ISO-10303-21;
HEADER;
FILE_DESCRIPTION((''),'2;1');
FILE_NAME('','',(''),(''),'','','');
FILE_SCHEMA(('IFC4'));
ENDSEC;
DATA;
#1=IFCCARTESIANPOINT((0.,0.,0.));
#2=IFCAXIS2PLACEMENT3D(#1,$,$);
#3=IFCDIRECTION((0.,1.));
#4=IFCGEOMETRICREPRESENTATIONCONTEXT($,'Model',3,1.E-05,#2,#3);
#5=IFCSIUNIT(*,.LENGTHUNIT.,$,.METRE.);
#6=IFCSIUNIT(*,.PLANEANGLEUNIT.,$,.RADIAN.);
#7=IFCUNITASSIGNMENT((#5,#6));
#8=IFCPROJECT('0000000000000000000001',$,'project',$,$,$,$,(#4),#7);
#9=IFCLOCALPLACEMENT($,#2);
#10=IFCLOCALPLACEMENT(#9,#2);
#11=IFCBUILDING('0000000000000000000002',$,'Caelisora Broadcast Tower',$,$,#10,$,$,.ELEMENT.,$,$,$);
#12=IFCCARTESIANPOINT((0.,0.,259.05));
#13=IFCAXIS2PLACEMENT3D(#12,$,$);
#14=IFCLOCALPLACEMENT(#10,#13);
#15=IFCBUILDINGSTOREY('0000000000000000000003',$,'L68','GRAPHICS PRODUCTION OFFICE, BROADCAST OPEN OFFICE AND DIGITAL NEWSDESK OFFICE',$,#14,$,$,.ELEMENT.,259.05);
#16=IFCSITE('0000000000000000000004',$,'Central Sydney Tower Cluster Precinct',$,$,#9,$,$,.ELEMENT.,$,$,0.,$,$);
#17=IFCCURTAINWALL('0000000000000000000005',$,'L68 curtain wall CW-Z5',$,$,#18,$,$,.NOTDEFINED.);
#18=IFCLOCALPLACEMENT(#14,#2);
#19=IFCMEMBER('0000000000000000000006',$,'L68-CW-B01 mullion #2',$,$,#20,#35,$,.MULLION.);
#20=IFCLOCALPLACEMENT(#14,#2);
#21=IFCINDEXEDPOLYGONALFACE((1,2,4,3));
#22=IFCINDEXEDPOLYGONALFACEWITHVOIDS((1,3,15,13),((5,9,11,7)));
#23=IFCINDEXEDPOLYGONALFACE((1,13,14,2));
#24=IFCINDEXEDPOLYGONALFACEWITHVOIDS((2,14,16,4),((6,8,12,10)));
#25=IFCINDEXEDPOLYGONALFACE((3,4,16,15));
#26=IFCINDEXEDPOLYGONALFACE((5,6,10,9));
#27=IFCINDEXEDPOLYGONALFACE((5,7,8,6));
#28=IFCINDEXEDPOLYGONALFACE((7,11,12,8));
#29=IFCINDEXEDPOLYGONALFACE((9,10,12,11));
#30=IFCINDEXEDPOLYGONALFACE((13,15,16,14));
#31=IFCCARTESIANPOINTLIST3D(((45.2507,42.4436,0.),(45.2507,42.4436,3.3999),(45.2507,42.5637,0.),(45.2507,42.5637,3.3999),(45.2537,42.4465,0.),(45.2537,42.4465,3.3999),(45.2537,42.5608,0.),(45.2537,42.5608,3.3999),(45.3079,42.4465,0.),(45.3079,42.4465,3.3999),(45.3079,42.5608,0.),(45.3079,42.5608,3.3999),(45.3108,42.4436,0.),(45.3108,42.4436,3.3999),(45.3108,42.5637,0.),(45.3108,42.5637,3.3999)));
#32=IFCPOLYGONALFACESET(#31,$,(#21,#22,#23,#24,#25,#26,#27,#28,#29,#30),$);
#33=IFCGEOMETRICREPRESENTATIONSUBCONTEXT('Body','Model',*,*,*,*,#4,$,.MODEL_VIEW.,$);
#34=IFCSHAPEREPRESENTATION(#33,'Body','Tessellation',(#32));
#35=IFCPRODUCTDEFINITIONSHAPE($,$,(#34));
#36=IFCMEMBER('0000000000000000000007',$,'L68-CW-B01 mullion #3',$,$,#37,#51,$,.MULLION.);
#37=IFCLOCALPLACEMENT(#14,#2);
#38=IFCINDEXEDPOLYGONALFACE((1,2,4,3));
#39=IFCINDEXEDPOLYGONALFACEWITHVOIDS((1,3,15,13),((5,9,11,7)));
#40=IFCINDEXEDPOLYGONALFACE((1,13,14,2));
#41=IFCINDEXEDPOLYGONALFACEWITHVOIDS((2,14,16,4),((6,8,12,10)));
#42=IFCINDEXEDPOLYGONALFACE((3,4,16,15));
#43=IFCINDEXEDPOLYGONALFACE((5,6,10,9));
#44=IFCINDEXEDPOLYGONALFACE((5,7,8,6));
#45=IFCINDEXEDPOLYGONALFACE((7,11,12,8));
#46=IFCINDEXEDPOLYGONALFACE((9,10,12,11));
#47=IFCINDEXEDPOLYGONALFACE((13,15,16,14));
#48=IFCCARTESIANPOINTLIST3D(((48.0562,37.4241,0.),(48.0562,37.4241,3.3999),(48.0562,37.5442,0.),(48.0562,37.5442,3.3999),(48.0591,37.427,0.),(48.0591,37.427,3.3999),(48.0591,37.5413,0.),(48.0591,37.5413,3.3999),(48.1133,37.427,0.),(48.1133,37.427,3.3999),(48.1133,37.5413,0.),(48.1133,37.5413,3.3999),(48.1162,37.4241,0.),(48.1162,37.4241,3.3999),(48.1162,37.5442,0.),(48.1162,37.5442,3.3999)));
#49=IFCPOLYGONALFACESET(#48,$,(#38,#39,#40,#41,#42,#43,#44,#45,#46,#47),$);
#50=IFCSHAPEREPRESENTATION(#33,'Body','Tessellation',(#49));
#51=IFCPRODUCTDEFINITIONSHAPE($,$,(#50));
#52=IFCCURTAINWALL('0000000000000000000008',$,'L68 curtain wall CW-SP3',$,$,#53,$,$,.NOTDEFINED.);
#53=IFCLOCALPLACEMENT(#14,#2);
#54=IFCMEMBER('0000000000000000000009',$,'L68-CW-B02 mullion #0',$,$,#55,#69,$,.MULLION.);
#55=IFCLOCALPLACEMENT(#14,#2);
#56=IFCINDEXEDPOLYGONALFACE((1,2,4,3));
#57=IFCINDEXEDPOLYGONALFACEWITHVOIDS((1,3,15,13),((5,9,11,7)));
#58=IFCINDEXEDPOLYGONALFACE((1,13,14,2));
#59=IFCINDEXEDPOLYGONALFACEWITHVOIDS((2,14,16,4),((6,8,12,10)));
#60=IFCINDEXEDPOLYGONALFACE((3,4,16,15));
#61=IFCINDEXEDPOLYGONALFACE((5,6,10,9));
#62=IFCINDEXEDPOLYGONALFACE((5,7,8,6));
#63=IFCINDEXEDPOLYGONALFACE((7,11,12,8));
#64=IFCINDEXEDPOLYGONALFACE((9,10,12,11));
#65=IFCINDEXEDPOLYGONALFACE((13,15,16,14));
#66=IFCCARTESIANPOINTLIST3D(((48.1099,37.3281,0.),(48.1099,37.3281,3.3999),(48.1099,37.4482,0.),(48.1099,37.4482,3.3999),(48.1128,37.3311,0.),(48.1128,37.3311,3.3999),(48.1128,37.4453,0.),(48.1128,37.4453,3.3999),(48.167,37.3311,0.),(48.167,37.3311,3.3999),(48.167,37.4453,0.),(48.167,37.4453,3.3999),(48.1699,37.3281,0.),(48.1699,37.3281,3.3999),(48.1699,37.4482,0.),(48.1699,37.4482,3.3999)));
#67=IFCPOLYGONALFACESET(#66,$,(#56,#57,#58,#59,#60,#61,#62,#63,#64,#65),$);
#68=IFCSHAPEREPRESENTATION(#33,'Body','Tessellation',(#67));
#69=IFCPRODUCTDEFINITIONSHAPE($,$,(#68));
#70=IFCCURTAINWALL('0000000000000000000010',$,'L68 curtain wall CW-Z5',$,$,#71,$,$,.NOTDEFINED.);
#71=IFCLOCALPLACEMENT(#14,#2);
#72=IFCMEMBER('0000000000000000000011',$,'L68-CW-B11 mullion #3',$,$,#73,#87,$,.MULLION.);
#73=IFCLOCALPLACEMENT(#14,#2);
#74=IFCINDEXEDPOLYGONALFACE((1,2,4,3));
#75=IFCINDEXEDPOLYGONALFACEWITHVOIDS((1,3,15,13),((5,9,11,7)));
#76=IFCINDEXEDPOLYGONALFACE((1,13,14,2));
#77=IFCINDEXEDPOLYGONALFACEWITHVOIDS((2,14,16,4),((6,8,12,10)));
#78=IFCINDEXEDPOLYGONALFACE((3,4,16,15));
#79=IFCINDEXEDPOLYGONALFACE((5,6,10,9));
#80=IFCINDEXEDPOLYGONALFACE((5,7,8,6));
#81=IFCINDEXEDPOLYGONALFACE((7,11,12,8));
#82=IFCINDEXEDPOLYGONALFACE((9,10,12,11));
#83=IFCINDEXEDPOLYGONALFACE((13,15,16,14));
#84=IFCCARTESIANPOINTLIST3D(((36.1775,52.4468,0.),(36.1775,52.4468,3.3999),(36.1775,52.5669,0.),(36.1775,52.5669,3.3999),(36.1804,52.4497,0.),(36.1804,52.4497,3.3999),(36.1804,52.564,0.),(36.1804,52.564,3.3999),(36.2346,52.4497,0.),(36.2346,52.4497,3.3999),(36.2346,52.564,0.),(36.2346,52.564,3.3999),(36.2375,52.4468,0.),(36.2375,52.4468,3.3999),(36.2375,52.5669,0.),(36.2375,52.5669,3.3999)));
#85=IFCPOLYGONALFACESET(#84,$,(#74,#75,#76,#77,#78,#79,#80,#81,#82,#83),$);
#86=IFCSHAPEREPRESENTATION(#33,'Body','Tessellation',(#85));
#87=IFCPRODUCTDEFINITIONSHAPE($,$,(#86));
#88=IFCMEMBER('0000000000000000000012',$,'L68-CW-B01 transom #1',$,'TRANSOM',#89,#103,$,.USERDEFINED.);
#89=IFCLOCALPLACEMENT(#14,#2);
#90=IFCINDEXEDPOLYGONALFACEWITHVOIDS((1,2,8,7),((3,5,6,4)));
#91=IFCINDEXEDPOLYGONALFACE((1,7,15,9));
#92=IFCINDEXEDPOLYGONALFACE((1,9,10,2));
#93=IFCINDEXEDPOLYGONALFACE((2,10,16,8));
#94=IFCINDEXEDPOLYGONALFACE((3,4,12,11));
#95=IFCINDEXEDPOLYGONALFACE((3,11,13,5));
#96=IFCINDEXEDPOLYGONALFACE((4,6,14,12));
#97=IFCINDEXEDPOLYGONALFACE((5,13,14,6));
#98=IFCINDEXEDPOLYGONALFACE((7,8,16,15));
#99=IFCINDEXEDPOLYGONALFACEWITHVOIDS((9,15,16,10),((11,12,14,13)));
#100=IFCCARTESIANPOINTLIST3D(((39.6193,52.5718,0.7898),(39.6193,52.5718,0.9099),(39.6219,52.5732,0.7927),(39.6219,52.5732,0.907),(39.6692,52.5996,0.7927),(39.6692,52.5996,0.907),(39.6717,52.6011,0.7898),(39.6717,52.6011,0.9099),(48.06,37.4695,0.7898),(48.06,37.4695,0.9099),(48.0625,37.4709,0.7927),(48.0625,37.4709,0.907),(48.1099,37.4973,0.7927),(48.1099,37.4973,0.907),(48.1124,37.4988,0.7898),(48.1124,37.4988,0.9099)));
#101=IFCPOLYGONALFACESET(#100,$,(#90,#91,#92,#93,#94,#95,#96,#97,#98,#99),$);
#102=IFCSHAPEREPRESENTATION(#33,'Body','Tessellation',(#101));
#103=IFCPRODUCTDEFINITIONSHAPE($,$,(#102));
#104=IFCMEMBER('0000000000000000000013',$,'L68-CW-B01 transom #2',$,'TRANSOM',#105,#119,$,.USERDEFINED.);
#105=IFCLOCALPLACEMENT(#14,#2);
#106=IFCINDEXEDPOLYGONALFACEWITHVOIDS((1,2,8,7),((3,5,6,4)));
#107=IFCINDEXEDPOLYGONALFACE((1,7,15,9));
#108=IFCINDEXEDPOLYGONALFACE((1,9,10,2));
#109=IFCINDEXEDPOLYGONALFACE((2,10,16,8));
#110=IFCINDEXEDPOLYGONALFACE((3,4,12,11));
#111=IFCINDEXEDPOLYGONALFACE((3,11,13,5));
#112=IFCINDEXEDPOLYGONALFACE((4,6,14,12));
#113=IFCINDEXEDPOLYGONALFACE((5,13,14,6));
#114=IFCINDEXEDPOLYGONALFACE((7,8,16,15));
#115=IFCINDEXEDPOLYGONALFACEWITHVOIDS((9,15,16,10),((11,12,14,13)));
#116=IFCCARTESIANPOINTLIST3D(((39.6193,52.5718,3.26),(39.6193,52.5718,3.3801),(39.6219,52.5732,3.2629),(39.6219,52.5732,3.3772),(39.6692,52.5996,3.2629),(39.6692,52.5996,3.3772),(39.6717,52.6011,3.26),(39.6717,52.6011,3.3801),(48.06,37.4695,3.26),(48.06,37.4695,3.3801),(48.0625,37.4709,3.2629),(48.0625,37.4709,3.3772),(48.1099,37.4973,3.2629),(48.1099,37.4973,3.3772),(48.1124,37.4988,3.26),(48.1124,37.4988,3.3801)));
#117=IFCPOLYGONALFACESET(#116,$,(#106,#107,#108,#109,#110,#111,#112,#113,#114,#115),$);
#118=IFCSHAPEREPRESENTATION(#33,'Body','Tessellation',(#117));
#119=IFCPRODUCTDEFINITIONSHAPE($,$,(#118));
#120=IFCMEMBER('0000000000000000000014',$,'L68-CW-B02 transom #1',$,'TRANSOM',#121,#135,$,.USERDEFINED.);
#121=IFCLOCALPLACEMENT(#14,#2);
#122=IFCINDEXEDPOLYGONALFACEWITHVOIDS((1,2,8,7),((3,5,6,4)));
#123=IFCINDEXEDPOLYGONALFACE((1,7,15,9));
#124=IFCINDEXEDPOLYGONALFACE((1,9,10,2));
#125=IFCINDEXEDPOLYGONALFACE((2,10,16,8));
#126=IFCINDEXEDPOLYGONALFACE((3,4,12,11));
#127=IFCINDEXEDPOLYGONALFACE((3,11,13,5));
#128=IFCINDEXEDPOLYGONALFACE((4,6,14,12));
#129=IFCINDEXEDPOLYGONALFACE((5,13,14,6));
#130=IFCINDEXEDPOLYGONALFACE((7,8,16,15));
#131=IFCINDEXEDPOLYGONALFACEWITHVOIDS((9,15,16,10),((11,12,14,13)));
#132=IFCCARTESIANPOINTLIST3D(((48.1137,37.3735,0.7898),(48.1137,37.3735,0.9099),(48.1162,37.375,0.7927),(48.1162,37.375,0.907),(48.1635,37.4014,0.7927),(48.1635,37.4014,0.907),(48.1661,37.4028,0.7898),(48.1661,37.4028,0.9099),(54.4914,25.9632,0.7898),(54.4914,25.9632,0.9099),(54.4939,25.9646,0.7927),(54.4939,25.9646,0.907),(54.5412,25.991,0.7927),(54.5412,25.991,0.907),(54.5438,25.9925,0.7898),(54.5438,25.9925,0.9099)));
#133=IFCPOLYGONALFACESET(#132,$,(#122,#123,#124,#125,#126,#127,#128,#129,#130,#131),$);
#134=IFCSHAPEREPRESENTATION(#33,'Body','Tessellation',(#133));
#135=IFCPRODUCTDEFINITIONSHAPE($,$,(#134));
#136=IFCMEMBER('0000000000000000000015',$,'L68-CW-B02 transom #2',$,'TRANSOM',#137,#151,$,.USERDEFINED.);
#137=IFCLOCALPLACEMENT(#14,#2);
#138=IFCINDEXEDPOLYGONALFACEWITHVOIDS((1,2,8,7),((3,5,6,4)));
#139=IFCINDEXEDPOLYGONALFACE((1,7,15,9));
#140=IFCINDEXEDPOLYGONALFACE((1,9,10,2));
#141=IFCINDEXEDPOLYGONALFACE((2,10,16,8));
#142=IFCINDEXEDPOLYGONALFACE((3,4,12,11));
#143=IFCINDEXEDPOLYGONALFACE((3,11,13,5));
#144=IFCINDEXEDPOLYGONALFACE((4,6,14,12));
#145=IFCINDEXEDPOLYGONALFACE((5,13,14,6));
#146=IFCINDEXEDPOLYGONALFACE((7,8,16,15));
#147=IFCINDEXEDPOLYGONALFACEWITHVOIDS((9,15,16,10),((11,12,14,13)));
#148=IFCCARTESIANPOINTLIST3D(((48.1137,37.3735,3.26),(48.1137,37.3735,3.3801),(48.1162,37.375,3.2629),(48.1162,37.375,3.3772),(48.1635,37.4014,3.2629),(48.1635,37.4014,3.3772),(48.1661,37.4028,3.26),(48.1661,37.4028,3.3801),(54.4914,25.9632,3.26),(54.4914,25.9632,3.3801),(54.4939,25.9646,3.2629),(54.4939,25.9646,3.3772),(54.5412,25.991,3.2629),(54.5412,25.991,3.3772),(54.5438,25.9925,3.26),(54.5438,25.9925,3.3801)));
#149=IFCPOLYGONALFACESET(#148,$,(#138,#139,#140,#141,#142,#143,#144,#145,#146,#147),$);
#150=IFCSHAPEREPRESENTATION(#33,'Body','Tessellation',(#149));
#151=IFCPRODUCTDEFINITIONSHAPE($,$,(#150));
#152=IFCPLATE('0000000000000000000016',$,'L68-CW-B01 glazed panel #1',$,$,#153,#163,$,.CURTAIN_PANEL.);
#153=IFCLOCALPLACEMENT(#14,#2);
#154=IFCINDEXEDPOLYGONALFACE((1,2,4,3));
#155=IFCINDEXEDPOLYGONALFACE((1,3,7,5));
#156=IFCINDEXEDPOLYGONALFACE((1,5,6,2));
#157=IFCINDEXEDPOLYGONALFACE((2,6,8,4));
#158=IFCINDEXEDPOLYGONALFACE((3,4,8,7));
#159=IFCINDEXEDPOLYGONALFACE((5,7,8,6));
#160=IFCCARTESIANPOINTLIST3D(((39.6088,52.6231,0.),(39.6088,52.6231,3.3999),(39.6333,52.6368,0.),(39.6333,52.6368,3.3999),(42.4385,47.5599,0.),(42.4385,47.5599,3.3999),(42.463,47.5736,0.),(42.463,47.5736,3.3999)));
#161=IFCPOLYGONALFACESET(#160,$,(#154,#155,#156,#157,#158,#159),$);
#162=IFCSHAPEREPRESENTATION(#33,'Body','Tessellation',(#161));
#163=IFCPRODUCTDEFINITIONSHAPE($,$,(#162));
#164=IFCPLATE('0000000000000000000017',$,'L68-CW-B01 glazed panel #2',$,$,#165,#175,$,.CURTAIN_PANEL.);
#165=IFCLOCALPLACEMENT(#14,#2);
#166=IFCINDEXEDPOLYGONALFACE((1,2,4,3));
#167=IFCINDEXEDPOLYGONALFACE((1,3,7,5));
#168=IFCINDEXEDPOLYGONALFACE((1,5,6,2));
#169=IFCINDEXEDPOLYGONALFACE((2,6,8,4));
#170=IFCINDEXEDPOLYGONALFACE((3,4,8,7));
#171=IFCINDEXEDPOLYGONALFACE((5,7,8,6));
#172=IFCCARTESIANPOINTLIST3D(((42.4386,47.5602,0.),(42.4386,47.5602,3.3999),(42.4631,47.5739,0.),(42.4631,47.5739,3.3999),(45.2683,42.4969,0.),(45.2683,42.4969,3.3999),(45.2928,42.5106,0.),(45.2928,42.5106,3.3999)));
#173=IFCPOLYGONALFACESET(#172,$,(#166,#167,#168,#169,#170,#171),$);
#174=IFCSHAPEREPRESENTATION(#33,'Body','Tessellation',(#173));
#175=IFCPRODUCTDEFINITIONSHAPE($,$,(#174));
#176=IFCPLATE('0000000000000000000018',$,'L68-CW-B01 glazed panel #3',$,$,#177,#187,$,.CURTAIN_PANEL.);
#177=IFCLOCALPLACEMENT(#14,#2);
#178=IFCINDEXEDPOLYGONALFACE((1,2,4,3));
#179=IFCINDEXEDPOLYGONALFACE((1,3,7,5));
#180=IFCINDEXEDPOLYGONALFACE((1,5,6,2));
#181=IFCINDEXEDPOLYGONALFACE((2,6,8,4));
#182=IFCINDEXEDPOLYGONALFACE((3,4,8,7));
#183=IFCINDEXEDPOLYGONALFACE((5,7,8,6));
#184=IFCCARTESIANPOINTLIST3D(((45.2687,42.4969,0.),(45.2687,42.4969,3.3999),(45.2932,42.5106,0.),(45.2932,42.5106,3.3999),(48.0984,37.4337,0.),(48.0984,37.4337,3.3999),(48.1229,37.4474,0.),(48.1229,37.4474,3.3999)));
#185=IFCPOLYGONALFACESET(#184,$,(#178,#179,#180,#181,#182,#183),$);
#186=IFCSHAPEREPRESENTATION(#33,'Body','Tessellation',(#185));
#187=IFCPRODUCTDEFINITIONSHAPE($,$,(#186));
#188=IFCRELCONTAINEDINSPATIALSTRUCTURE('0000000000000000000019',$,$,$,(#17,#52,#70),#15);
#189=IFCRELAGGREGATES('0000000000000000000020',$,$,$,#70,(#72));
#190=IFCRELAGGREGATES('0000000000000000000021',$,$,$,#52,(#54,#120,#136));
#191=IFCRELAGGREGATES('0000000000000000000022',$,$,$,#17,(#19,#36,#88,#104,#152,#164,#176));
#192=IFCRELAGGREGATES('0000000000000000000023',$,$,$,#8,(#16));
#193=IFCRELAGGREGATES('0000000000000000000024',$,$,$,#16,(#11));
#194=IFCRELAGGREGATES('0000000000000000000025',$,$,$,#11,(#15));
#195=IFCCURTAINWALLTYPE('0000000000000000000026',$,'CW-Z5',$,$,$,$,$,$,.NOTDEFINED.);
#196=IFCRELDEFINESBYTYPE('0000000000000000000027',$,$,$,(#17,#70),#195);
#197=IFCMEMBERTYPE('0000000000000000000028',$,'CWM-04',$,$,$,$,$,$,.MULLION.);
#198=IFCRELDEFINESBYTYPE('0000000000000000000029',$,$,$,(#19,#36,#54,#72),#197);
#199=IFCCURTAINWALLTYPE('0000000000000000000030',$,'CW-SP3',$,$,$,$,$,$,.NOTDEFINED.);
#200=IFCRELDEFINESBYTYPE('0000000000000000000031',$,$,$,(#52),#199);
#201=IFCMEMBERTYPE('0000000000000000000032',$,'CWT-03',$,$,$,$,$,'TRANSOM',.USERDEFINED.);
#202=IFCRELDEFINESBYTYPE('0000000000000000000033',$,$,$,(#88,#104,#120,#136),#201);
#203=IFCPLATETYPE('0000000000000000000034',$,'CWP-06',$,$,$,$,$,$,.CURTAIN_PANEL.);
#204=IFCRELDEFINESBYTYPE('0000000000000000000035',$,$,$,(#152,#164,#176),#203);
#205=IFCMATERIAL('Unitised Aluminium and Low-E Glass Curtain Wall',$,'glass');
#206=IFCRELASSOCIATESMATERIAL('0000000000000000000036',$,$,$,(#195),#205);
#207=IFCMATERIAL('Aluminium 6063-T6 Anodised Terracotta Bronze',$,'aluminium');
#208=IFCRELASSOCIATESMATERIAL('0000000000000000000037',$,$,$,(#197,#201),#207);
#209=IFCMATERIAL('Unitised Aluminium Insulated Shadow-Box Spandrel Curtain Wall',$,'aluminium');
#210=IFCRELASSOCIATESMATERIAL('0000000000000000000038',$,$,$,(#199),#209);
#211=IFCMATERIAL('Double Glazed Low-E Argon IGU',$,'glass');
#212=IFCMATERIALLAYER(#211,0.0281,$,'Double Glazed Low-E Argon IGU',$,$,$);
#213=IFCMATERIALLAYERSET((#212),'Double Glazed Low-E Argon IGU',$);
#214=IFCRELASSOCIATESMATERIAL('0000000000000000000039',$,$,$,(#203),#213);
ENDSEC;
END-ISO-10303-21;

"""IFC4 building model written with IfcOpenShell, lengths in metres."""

from ifc_helpers import new_model, si_unit, direction, frame, origin, origin_2d, place, context, subcontext, project, spatial, rectangle, hollow_rectangle, extrude, source, transform, mapped, material, layer, layer_set, material_profile, profile_set, type_object, type_shapes, element, aggregate, save


model = new_model("IFC4")

# Units and contexts
model_context = context("Model", 3, precision=1e-05, world=origin(), true_north=direction((0.0, 1.0)))
body_context = subcontext(model_context, "Body", "Model", "MODEL_VIEW")
ifc_project = project(units=[si_unit("LENGTHUNIT", "METRE"), si_unit("PLANEANGLEUNIT", "RADIAN")], contexts=[model_context])

# Site, building, storey
site_placement = place(None, origin())
site = spatial("IfcSite", under=ifc_project, at=site_placement, Name="Central Sydney Tower Cluster Precinct", CompositionType="ELEMENT", RefElevation=0.0)
building_placement = place(site_placement, origin())
building = spatial("IfcBuilding", under=site, at=building_placement, Name="Caelisora Broadcast Tower", CompositionType="ELEMENT")
storey_placement = place(building_placement, frame((0.0, 0.0, 259.05)))
storey = spatial("IfcBuildingStorey", under=building, at=storey_placement, Name="L68", Description="GRAPHICS PRODUCTION OFFICE, BROADCAST OPEN OFFICE AND DIGITAL NEWSDESK OFFICE", CompositionType="ELEMENT", Elevation=259.05)

# Curtain wall, members
ifc_material_1 = material(Name="Unitised Aluminium and Low-E Glass Curtain Wall", Category="glass")
curtain_wall_type_1 = type_object("IfcCurtainWallType", Name="CW-Z5", PredefinedType="NOTDEFINED", material=ifc_material_1)
curtain_wall_1_placement = place(storey_placement, origin())
curtain_wall_1 = element("IfcCurtainWall", 1, at=curtain_wall_1_placement, inside=storey, type_object=curtain_wall_type_1, Name="L68 curtain wall CW-Z5", PredefinedType="NOTDEFINED")
ifc_material_2 = material(Name="Aluminium 6063-T6 Anodised Terracotta Bronze", Category="aluminium")
ifc_material_profile_1 = material_profile(ifc_material_2, hollow_rectangle(XDim=0.0601, YDim=0.1201, WallThickness=0.0029, at=origin_2d()), Name="Aluminium 6063-T6 Anodised Terracotta Bronze")
ifc_profile_set_1 = profile_set([ifc_material_profile_1], Name="Aluminium 6063-T6 Anodised Terracotta Bronze")
member_type_1 = type_object("IfcMemberType", Name="CWM-04", PredefinedType="MULLION", material=ifc_profile_set_1)
shared_shape_1 = source(origin(), body_context, "Body", "SweptSolid", [
    extrude(hollow_rectangle(XDim=0.0601, YDim=0.1201, WallThickness=0.0029, at=origin_2d()), origin(), (0.0, 0.0, 1.0), 3.3999),
])
type_shapes(member_type_1, [shared_shape_1])
member_1_placement = place(storey_placement, frame((45.2808, 42.5037, 0.0), z_axis=(0.0, 0.0, 1.0), x_axis=(1.0, 0.0, 0.0)))
member_1 = element("IfcMember", 2, at=member_1_placement, type_object=member_type_1, Name="L68-CW-B01 mullion #2", PredefinedType="MULLION", context=body_context, shape_type="MappedRepresentation", body=[
    mapped(shared_shape_1, transform((0.0, 0.0, 0.0), scale=1.0)),
])
member_2_placement = place(storey_placement, frame((48.0862, 37.4841, 0.0), z_axis=(0.0, 0.0, 1.0), x_axis=(1.0, 0.0, 0.0)))
member_2 = element("IfcMember", 3, at=member_2_placement, type_object=member_type_1, Name="L68-CW-B01 mullion #3", PredefinedType="MULLION", context=body_context, shape_type="MappedRepresentation", body=[
    mapped(shared_shape_1, transform((0.0, 0.0, 0.0), scale=1.0)),
])

# Curtain walls, members
ifc_material_3 = material(Name="Unitised Aluminium Insulated Shadow-Box Spandrel Curtain Wall", Category="aluminium")
curtain_wall_type_2 = type_object("IfcCurtainWallType", Name="CW-SP3", PredefinedType="NOTDEFINED", material=ifc_material_3)
curtain_wall_2_placement = place(storey_placement, origin())
curtain_wall_2 = element("IfcCurtainWall", 4, at=curtain_wall_2_placement, inside=storey, type_object=curtain_wall_type_2, Name="L68 curtain wall CW-SP3", PredefinedType="NOTDEFINED")
member_3_placement = place(storey_placement, frame((48.1399, 37.3882, 0.0), z_axis=(0.0, 0.0, 1.0), x_axis=(1.0, 0.0, 0.0)))
member_3 = element("IfcMember", 5, at=member_3_placement, type_object=member_type_1, Name="L68-CW-B02 mullion #0", PredefinedType="MULLION", context=body_context, shape_type="MappedRepresentation", body=[
    mapped(shared_shape_1, transform((0.0, 0.0, 0.0), scale=1.0)),
])
curtain_wall_3_placement = place(storey_placement, origin())
curtain_wall_3 = element("IfcCurtainWall", 6, at=curtain_wall_3_placement, inside=storey, type_object=curtain_wall_type_1, Name="L68 curtain wall CW-Z5", PredefinedType="NOTDEFINED")
member_4_placement = place(storey_placement, frame((36.2075, 52.5068, 0.0), z_axis=(0.0, 0.0, 1.0), x_axis=(1.0, 0.0, 0.0)))
member_4 = element("IfcMember", 7, at=member_4_placement, type_object=member_type_1, Name="L68-CW-B11 mullion #3", PredefinedType="MULLION", context=body_context, shape_type="MappedRepresentation", body=[
    mapped(shared_shape_1, transform((0.0, 0.0, 0.0), scale=1.0)),
])
aggregate(curtain_wall_3, [member_4])

# Members
ifc_material_profile_2 = material_profile(ifc_material_2, hollow_rectangle(XDim=0.0601, YDim=0.1201, WallThickness=0.0029, at=origin_2d()), Name="Aluminium 6063-T6 Anodised Terracotta Bronze")
ifc_profile_set_2 = profile_set([ifc_material_profile_2], Name="Aluminium 6063-T6 Anodised Terracotta Bronze")
member_type_2 = type_object("IfcMemberType", Name="CWT-03", ElementType="TRANSOM", PredefinedType="USERDEFINED", material=ifc_profile_set_2)
shared_shape_2 = source(origin(), body_context, "Body", "SweptSolid", [
    extrude(hollow_rectangle(XDim=0.0601, YDim=0.1201, WallThickness=0.0029, at=origin_2d()), origin(), (0.0, 0.0, 1.0), 17.301),
])
member_5_placement = place(storey_placement, frame((39.6455, 52.5864, 0.8499), z_axis=(0.487872, -0.872915, 0.0), x_axis=(0.872915, 0.487872, 0.0)))
member_5 = element("IfcMember", 8, at=member_5_placement, type_object=member_type_2, Name="L68-CW-B01 transom #1", ObjectType="TRANSOM", PredefinedType="USERDEFINED", context=body_context, shape_type="MappedRepresentation", body=[
    mapped(shared_shape_2, transform((0.0, 0.0, 0.0), scale=1.0)),
])
member_6_placement = place(storey_placement, frame((39.6455, 52.5864, 3.3201), z_axis=(0.487872, -0.872915, 0.0), x_axis=(0.872915, 0.487872, 0.0)))
member_6 = element("IfcMember", 9, at=member_6_placement, type_object=member_type_2, Name="L68-CW-B01 transom #2", ObjectType="TRANSOM", PredefinedType="USERDEFINED", context=body_context, shape_type="MappedRepresentation", body=[
    mapped(shared_shape_2, transform((0.0, 0.0, 0.0), scale=1.0)),
])
shared_shape_3 = source(origin(), body_context, "Body", "SweptSolid", [
    extrude(hollow_rectangle(XDim=0.0601, YDim=0.1201, WallThickness=0.0029, at=origin_2d()), origin(), (0.0, 0.0, 1.0), 13.0718),
])
type_shapes(member_type_2, [shared_shape_2, shared_shape_3])
member_7_placement = place(storey_placement, frame((48.1399, 37.3882, 0.8499), z_axis=(0.487896, -0.872902, 0.0), x_axis=(0.872902, 0.487896, 0.0)))
member_7 = element("IfcMember", 10, at=member_7_placement, type_object=member_type_2, Name="L68-CW-B02 transom #1", ObjectType="TRANSOM", PredefinedType="USERDEFINED", context=body_context, shape_type="MappedRepresentation", body=[
    mapped(shared_shape_3, transform((0.0, 0.0, 0.0), scale=1.0)),
])
member_8_placement = place(storey_placement, frame((48.1399, 37.3882, 3.3201), z_axis=(0.487896, -0.872902, 0.0), x_axis=(0.872902, 0.487896, 0.0)))
member_8 = element("IfcMember", 11, at=member_8_placement, type_object=member_type_2, Name="L68-CW-B02 transom #2", ObjectType="TRANSOM", PredefinedType="USERDEFINED", context=body_context, shape_type="MappedRepresentation", body=[
    mapped(shared_shape_3, transform((0.0, 0.0, 0.0), scale=1.0)),
])
aggregate(curtain_wall_2, [member_3, member_7, member_8])

# Plates
ifc_material_4 = material(Name="Double Glazed Low-E Argon IGU", Category="glass")
ifc_layer_1 = layer(ifc_material_4, 0.0281, Name="Double Glazed Low-E Argon IGU")
ifc_layer_set_1 = layer_set([ifc_layer_1], Name="Double Glazed Low-E Argon IGU")
plate_type = type_object("IfcPlateType", Name="CWP-06", PredefinedType="CURTAIN_PANEL", material=ifc_layer_set_1)
shared_shape_4 = source(origin(), body_context, "Body", "SweptSolid", [
    extrude(rectangle(XDim=5.8003, YDim=0.0281, at=origin_2d()), origin(), (0.0, 0.0, 1.0), 3.3999),
])
type_shapes(plate_type, [shared_shape_4])
plate_1_placement = place(storey_placement, frame((41.0359, 50.0984, 0.0), z_axis=(0.0, 0.0, 1.0), x_axis=(0.48786, -0.872922, 0.0)))
plate_1 = element("IfcPlate", 12, at=plate_1_placement, type_object=plate_type, Name="L68-CW-B01 glazed panel #1", PredefinedType="CURTAIN_PANEL", context=body_context, shape_type="MappedRepresentation", body=[
    mapped(shared_shape_4, transform((0.0, 0.0, 0.0), scale=1.0)),
])
plate_2_placement = place(storey_placement, frame((43.8657, 45.0354, 0.0), z_axis=(0.0, 0.0, 1.0), x_axis=(0.48786, -0.872922, 0.0)))
plate_2 = element("IfcPlate", 13, at=plate_2_placement, type_object=plate_type, Name="L68-CW-B01 glazed panel #2", PredefinedType="CURTAIN_PANEL", context=body_context, shape_type="MappedRepresentation", body=[
    mapped(shared_shape_4, transform((0.0, 0.0, 0.0), scale=1.0)),
])
plate_3_placement = place(storey_placement, frame((46.6958, 39.9722, 0.0), z_axis=(0.0, 0.0, 1.0), x_axis=(0.48786, -0.872922, 0.0)))
plate_3 = element("IfcPlate", 14, at=plate_3_placement, type_object=plate_type, Name="L68-CW-B01 glazed panel #3", PredefinedType="CURTAIN_PANEL", context=body_context, shape_type="MappedRepresentation", body=[
    mapped(shared_shape_4, transform((0.0, 0.0, 0.0), scale=1.0)),
])
aggregate(curtain_wall_1, [member_1, member_2, member_5, member_6, plate_1, plate_2, plate_3])

save(model, "model.ifc")
